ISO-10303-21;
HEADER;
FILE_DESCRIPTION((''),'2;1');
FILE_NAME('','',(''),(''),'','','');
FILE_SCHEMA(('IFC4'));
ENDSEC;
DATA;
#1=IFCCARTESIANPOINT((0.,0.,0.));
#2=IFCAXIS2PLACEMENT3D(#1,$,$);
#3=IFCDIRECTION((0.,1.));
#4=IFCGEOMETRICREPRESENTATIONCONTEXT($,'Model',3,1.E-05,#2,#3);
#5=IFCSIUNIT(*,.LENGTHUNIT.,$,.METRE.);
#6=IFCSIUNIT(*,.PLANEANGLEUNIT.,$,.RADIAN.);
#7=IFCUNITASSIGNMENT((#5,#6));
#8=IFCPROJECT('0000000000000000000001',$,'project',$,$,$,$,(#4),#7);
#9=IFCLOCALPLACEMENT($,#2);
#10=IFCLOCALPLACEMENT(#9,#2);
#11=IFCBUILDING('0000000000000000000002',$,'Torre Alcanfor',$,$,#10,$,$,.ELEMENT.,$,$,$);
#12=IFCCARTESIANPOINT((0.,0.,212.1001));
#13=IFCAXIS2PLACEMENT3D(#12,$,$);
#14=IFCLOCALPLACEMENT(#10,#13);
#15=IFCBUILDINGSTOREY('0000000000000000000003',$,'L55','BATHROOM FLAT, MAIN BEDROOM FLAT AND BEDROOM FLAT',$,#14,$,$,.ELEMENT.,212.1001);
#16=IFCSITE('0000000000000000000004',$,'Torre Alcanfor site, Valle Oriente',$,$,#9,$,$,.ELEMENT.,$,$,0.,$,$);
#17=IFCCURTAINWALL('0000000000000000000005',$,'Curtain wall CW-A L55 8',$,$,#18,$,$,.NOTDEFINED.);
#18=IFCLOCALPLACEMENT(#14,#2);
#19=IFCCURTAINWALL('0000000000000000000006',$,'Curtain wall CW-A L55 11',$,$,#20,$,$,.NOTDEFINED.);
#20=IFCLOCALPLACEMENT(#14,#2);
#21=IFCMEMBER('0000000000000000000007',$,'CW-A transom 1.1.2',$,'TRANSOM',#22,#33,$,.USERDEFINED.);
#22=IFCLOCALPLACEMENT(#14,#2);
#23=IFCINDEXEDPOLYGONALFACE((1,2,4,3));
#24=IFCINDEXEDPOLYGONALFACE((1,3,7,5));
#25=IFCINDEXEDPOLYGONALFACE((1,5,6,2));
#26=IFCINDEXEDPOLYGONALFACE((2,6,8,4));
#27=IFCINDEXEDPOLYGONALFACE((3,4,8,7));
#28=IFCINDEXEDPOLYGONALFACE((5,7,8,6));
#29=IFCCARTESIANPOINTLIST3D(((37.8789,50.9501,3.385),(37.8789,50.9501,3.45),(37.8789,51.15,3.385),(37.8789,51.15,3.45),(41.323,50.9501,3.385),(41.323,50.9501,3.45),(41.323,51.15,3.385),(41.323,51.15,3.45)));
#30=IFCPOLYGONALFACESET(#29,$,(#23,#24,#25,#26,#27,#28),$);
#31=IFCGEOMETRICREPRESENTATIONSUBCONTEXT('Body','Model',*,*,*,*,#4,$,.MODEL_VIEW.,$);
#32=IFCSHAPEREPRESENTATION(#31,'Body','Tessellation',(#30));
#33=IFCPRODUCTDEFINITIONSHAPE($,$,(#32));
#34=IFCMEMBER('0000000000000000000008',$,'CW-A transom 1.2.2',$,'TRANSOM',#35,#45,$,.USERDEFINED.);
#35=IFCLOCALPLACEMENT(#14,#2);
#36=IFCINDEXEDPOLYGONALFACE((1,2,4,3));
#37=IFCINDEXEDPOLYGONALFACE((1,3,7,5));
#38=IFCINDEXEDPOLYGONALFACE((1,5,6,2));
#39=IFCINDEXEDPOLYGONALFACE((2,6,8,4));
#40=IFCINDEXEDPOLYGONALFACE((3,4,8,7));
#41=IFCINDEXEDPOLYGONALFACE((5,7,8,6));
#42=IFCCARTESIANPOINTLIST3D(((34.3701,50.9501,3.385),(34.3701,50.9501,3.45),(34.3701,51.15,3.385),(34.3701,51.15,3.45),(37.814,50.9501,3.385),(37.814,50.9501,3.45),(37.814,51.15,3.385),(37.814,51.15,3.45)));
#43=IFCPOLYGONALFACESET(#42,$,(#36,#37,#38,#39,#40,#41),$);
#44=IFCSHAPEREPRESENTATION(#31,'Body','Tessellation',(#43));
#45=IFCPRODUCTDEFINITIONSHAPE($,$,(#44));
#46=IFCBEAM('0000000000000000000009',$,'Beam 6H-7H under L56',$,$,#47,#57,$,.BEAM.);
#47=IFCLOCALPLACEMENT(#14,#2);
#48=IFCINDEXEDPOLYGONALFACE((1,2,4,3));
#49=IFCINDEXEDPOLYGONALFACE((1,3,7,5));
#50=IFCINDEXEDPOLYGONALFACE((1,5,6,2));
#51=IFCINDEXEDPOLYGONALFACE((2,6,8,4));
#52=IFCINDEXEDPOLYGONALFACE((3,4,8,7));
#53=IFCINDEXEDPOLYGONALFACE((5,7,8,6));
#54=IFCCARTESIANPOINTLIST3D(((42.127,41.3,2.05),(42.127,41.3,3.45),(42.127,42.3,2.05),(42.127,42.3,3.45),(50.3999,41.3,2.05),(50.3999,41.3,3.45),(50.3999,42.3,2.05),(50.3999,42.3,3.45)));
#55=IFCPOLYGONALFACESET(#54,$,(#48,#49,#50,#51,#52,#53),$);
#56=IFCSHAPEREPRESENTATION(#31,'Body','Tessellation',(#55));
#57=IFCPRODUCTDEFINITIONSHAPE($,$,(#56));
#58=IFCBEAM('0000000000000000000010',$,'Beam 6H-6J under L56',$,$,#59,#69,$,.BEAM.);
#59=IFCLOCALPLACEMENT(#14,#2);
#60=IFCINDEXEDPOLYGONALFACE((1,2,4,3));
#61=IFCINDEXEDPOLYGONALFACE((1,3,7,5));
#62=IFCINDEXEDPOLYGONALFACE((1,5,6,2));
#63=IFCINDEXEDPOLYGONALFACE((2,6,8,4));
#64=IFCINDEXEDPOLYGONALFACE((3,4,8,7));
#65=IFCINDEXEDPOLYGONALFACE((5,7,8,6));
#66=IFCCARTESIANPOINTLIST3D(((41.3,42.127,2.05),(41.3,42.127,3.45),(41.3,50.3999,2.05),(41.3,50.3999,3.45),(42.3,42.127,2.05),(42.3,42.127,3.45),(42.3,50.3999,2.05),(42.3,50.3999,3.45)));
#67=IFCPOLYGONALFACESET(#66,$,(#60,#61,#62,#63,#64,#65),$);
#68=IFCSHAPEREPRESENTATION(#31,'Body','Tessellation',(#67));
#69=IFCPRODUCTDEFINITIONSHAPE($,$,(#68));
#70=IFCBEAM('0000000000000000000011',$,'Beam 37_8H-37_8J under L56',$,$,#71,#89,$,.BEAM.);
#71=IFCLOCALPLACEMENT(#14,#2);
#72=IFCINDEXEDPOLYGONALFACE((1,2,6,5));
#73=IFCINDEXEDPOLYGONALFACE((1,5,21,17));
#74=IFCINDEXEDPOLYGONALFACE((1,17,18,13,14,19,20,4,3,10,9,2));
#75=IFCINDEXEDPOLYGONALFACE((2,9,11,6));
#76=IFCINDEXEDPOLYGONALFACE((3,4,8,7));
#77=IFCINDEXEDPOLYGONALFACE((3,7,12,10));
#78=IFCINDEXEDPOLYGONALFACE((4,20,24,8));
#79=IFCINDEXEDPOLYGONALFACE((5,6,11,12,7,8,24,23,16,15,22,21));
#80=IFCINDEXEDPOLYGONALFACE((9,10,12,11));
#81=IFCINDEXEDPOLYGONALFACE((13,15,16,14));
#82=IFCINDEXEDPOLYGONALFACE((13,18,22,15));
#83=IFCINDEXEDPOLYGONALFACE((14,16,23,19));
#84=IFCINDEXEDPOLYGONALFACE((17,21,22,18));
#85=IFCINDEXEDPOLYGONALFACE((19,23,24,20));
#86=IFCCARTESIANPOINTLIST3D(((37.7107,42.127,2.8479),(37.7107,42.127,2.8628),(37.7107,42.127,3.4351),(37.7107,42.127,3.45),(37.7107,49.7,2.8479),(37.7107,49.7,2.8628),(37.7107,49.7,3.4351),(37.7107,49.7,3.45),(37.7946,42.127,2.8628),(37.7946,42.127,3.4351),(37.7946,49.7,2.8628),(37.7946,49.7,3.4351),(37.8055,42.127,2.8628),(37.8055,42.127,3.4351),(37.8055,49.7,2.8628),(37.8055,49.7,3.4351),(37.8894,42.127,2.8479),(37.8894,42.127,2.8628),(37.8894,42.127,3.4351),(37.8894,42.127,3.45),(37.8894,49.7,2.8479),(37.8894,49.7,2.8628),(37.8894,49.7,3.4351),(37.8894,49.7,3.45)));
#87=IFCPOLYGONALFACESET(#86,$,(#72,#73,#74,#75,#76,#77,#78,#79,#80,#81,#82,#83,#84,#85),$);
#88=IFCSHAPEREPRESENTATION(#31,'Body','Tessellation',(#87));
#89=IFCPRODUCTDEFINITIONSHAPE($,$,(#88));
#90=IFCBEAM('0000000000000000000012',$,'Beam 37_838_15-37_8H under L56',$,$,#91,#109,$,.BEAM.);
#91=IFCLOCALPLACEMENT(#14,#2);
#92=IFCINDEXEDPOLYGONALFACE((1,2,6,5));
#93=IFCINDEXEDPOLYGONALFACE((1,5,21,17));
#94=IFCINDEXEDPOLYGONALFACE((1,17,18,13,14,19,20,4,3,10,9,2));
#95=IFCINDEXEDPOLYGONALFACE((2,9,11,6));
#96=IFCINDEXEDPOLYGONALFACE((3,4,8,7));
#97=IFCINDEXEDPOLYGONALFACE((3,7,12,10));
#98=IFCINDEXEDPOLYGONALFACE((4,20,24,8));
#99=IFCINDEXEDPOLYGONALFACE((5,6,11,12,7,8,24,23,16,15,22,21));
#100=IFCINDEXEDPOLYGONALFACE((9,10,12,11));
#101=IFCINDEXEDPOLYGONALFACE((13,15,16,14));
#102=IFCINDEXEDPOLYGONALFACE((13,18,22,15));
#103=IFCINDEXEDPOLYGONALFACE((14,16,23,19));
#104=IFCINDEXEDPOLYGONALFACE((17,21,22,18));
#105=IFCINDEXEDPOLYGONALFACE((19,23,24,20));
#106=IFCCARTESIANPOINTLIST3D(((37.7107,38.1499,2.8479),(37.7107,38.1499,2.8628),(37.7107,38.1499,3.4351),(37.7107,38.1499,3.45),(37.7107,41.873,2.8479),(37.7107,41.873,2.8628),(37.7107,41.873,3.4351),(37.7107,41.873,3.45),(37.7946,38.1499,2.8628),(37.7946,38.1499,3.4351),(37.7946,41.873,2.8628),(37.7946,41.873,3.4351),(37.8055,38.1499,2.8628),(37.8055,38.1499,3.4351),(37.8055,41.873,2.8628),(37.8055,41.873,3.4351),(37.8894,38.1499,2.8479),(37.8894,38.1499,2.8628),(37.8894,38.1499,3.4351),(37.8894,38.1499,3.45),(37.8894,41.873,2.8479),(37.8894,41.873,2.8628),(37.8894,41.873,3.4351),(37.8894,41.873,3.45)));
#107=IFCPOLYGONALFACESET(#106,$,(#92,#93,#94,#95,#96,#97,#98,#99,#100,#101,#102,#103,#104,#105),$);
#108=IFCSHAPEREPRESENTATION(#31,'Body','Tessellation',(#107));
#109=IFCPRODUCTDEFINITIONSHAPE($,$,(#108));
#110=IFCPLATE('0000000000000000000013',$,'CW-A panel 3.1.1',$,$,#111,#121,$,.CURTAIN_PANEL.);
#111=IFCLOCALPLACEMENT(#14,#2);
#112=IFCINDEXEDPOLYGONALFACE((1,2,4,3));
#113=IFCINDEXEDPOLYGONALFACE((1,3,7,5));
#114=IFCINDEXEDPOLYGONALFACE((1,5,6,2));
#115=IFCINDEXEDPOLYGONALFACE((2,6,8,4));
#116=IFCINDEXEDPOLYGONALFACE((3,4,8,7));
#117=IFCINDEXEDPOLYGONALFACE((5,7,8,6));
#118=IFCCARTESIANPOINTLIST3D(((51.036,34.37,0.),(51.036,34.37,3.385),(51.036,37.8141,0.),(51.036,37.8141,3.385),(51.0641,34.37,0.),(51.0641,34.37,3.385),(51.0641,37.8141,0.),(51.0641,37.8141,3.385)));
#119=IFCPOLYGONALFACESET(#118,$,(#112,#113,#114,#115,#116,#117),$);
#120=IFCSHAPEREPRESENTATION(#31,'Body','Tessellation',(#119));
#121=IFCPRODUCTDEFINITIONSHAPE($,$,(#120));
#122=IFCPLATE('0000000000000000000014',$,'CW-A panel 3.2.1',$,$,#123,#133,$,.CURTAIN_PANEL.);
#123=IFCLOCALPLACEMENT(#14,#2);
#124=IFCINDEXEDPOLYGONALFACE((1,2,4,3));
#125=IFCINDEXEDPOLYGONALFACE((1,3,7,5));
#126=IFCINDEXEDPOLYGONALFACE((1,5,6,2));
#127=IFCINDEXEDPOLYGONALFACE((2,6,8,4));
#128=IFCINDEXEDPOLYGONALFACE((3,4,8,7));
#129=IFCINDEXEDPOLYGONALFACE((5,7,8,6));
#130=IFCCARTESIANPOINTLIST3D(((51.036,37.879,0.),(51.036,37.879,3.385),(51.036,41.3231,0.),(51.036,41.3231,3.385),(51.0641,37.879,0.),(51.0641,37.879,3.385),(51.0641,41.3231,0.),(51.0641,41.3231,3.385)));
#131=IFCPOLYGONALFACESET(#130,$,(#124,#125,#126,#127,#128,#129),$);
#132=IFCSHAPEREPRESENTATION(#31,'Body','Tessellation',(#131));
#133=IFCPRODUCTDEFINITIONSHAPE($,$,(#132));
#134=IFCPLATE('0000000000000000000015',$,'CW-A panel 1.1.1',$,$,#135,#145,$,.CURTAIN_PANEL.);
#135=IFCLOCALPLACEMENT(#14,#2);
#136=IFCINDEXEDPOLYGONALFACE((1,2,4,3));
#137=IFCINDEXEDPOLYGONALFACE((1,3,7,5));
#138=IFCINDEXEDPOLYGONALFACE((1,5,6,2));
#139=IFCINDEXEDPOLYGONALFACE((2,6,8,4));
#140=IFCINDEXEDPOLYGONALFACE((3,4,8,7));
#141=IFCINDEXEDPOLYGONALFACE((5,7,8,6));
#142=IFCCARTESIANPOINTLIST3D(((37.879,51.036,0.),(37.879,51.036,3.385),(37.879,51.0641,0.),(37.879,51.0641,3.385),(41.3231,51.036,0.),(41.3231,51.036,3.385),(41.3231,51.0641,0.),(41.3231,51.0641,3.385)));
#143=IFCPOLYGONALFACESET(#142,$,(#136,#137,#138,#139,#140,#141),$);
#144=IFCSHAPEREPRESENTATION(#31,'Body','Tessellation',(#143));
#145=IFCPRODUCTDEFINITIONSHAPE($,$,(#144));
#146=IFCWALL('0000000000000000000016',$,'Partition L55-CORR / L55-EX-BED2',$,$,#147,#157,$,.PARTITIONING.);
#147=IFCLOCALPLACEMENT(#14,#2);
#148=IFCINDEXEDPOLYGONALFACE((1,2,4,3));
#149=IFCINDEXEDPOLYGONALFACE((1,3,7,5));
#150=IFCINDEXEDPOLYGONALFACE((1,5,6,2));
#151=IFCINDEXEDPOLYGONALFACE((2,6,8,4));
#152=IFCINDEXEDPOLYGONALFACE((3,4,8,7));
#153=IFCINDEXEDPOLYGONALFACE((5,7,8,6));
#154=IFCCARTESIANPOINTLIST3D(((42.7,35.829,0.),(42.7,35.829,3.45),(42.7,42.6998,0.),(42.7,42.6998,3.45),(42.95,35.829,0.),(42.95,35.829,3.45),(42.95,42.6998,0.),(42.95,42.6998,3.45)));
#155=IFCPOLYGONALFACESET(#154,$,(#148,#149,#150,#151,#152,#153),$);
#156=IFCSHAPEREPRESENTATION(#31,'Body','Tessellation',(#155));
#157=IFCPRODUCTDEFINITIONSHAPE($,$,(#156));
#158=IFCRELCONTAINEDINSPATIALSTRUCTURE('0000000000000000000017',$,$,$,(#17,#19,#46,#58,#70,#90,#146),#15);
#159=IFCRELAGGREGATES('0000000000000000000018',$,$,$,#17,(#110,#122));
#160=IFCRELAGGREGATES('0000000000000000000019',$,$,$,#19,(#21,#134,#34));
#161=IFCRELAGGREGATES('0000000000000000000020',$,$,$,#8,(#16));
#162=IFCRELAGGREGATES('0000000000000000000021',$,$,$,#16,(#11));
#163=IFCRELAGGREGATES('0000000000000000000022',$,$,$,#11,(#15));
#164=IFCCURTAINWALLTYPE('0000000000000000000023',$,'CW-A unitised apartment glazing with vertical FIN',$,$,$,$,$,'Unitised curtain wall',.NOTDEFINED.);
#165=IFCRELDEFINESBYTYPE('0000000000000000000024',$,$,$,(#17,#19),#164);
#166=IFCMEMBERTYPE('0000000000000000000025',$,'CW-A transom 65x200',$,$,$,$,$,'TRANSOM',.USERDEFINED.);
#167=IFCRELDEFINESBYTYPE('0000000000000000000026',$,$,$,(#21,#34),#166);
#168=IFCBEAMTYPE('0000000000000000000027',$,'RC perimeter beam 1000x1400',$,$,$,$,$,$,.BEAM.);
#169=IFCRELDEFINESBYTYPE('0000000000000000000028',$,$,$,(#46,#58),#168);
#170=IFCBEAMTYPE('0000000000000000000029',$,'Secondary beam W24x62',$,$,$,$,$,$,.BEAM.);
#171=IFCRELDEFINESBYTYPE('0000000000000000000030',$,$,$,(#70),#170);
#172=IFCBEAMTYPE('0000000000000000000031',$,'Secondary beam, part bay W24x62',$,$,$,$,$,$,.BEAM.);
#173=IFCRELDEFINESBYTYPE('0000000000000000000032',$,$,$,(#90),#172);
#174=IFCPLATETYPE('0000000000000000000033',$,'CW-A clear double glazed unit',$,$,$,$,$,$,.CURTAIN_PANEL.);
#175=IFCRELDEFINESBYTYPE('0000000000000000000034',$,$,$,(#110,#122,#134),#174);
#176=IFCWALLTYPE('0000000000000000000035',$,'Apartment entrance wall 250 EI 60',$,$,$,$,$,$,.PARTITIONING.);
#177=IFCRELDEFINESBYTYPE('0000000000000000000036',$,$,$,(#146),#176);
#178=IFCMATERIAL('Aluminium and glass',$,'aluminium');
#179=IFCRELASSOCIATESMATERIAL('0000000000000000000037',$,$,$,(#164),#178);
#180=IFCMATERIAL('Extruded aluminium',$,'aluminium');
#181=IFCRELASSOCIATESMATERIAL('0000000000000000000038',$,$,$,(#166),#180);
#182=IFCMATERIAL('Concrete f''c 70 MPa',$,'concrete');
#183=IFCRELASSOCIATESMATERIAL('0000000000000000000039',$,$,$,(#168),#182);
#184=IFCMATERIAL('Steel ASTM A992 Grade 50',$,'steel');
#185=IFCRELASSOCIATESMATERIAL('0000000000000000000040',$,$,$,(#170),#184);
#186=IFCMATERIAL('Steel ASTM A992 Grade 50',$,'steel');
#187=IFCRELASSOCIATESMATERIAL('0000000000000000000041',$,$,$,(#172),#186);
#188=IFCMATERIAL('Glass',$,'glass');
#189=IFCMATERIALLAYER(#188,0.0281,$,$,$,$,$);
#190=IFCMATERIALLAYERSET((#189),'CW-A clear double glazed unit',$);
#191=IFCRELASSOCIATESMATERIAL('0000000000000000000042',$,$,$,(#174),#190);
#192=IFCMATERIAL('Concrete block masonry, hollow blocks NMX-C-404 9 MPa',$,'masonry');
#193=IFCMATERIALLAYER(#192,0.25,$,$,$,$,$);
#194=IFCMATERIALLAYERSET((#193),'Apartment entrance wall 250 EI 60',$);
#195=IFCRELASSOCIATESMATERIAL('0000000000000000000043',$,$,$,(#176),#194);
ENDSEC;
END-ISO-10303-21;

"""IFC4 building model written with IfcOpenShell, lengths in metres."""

from ifc_helpers import new_model, si_unit, direction, frame, frame_2d, origin, origin_2d, place, context, subcontext, project, spatial, rectangle, i_section, extrude, material, layer, layer_set, material_profile, profile_set, type_object, element, aggregate, save


model = new_model("IFC4")

# Units and contexts
model_context = context("Model", 3, precision=1e-05, world=origin(), true_north=direction((0.0, 1.0)))
body_context = subcontext(model_context, "Body", "Model", "MODEL_VIEW")
ifc_project = project(units=[si_unit("LENGTHUNIT", "METRE"), si_unit("PLANEANGLEUNIT", "RADIAN")], contexts=[model_context])

# Site, building, storey
site_placement = place(None, origin())
site = spatial("IfcSite", under=ifc_project, at=site_placement, Name="Torre Alcanfor site, Valle Oriente", CompositionType="ELEMENT", RefElevation=0.0)
building_placement = place(site_placement, origin())
building = spatial("IfcBuilding", under=site, at=building_placement, Name="Torre Alcanfor", CompositionType="ELEMENT")
storey_placement = place(building_placement, frame((0.0, 0.0, 212.1001)))
storey = spatial("IfcBuildingStorey", under=building, at=storey_placement, Name="L55", Description="BATHROOM FLAT, MAIN BEDROOM FLAT AND BEDROOM FLAT", CompositionType="ELEMENT", Elevation=212.1001)

# Curtain walls
ifc_material_1 = material(Name="Aluminium and glass", Category="aluminium")
curtain_wall_type = type_object("IfcCurtainWallType", Name="CW-A unitised apartment glazing with vertical FIN", ElementType="Unitised curtain wall", PredefinedType="NOTDEFINED", material=ifc_material_1)
curtain_wall_1_placement = place(storey_placement, origin())
curtain_wall_1 = element("IfcCurtainWall", 1, at=curtain_wall_1_placement, inside=storey, type_object=curtain_wall_type, Name="Curtain wall CW-A L55 8", PredefinedType="NOTDEFINED")
curtain_wall_2_placement = place(storey_placement, origin())
curtain_wall_2 = element("IfcCurtainWall", 2, at=curtain_wall_2_placement, inside=storey, type_object=curtain_wall_type, Name="Curtain wall CW-A L55 11", PredefinedType="NOTDEFINED")

# Members
ifc_material_2 = material(Name="Extruded aluminium", Category="aluminium")
ifc_material_profile_1 = material_profile(ifc_material_2, rectangle(XDim=0.2, YDim=0.0649, at=origin_2d()), Name="CW-A transom 200x65")
ifc_profile_set_1 = profile_set([ifc_material_profile_1], Name="Extruded aluminium")
member_type_1 = type_object("IfcMemberType", Name="CW-A transom 65x200", ElementType="TRANSOM", PredefinedType="USERDEFINED", material=ifc_profile_set_1)
member_1_placement = place(storey_placement, frame((41.323, 51.05, 3.4175), z_axis=(-1.0, 0.0, 0.0), x_axis=(0.0, -1.0, 0.0)))
member_1 = element("IfcMember", 3, at=member_1_placement, type_object=member_type_1, Name="CW-A transom 1.1.2", ObjectType="TRANSOM", PredefinedType="USERDEFINED", context=body_context, shape_type="SweptSolid", body=[
    extrude(rectangle(XDim=0.2, YDim=0.0649, at=origin_2d()), origin(), (0.0, 0.0, 1.0), 3.4441),
])
member_2_placement = place(storey_placement, frame((37.814, 51.05, 3.4175), z_axis=(-1.0, 0.0, 0.0), x_axis=(0.0, -1.0, 0.0)))
member_2 = element("IfcMember", 4, at=member_2_placement, type_object=member_type_1, Name="CW-A transom 1.2.2", ObjectType="TRANSOM", PredefinedType="USERDEFINED", context=body_context, shape_type="SweptSolid", body=[
    extrude(rectangle(XDim=0.2, YDim=0.0649, at=origin_2d()), origin(), (0.0, 0.0, 1.0), 3.4438),
])

# Beams
ifc_material_3 = material(Name="Concrete f'c 70 MPa", Category="concrete")
ifc_material_profile_2 = material_profile(ifc_material_3, rectangle(XDim=1.0, YDim=1.3999, at=origin_2d()), Name="1000x1400")
ifc_profile_set_2 = profile_set([ifc_material_profile_2], Name="Concrete f'c 70 MPa")
beam_type_1 = type_object("IfcBeamType", Name="RC perimeter beam 1000x1400", PredefinedType="BEAM", material=ifc_profile_set_2)
for number, where, z_axis, x_axis, name in (
    (5, (42.127, 41.8, 2.75), (1.0, 0.0, 0.0), (0.0, 1.0, 0.0), "Beam 6H-7H under L56"),
    (6, (41.8, 42.127, 2.75), (0.0, 1.0, 0.0), (-1.0, 0.0, 0.0), "Beam 6H-6J under L56"),
):
    element("IfcBeam", number, at=place(storey_placement, frame(where, z_axis=z_axis, x_axis=x_axis)), inside=storey, type_object=beam_type_1, Name=name, PredefinedType="BEAM", context=body_context, shape_type="SweptSolid", body=[
        extrude(rectangle(XDim=1.0, YDim=1.3999, at=origin_2d()), origin(), (0.0, 0.0, 1.0), 8.2729),
    ])
ifc_material_4 = material(Name="Steel ASTM A992 Grade 50", Category="steel")
ifc_material_profile_3 = material_profile(ifc_material_4, i_section(OverallWidth=0.1787, OverallDepth=0.6021, WebThickness=0.011, FlangeThickness=0.0149, at=origin_2d()), Name="W24x62")
ifc_profile_set_3 = profile_set([ifc_material_profile_3], Name="Steel ASTM A992 Grade 50")
beam_type_2 = type_object("IfcBeamType", Name="Secondary beam W24x62", PredefinedType="BEAM", material=ifc_profile_set_3)
beam_1_placement = place(storey_placement, frame((37.8, 42.127, 3.1489), z_axis=(0.0, 1.0, 0.0), x_axis=(-1.0, 0.0, 0.0)))
element("IfcBeam", 7, at=beam_1_placement, inside=storey, type_object=beam_type_2, Name="Beam 37_8H-37_8J under L56", PredefinedType="BEAM", context=body_context, shape_type="SweptSolid", body=[
    extrude(i_section(OverallWidth=0.1787, OverallDepth=0.6021, WebThickness=0.011, FlangeThickness=0.0149, at=origin_2d()), origin(), (0.0, 0.0, 1.0), 7.573),
])
ifc_material_5 = material(Name="Steel ASTM A992 Grade 50", Category="steel")
ifc_material_profile_4 = material_profile(ifc_material_5, i_section(OverallWidth=0.1787, OverallDepth=0.6021, WebThickness=0.011, FlangeThickness=0.0149, at=origin_2d()), Name="W24x62")
ifc_profile_set_4 = profile_set([ifc_material_profile_4], Name="Steel ASTM A992 Grade 50")
beam_type_3 = type_object("IfcBeamType", Name="Secondary beam, part bay W24x62", PredefinedType="BEAM", material=ifc_profile_set_4)
beam_2_placement = place(storey_placement, frame((37.8, 38.1499, 3.1489), z_axis=(0.0, 1.0, 0.0), x_axis=(-1.0, 0.0, 0.0)))
element("IfcBeam", 8, at=beam_2_placement, inside=storey, type_object=beam_type_3, Name="Beam 37_838_15-37_8H under L56", PredefinedType="BEAM", context=body_context, shape_type="SweptSolid", body=[
    extrude(i_section(OverallWidth=0.1787, OverallDepth=0.6021, WebThickness=0.011, FlangeThickness=0.0149, at=origin_2d()), origin(), (0.0, 0.0, 1.0), 3.7231),
])

# Plates
ifc_material_6 = material(Name="Glass", Category="glass")
ifc_layer_1 = layer(ifc_material_6, 0.0281)
ifc_layer_set_1 = layer_set([ifc_layer_1], Name="CW-A clear double glazed unit")
plate_type = type_object("IfcPlateType", Name="CW-A clear double glazed unit", PredefinedType="CURTAIN_PANEL", material=ifc_layer_set_1)
plate_1_placement = place(storey_placement, frame((51.05, 36.092, 0.0), z_axis=(0.0, 0.0, 1.0), x_axis=(0.0, 1.0, 0.0)))
plate_1 = element("IfcPlate", 9, at=plate_1_placement, type_object=plate_type, Name="CW-A panel 3.1.1", PredefinedType="CURTAIN_PANEL", context=body_context, shape_type="SweptSolid", body=[
    extrude(rectangle(XDim=3.4441, YDim=0.0281, at=origin_2d()), origin(), (0.0, 0.0, 1.0), 3.385),
])
plate_2_placement = place(storey_placement, frame((51.05, 39.6011, 0.0), z_axis=(0.0, 0.0, 1.0), x_axis=(0.0, 1.0, 0.0)))
plate_2 = element("IfcPlate", 10, at=plate_2_placement, type_object=plate_type, Name="CW-A panel 3.2.1", PredefinedType="CURTAIN_PANEL", context=body_context, shape_type="SweptSolid", body=[
    extrude(rectangle(XDim=3.4441, YDim=0.0281, at=origin_2d()), origin(), (0.0, 0.0, 1.0), 3.385),
])
aggregate(curtain_wall_1, [plate_1, plate_2])
plate_3_placement = place(storey_placement, frame((39.6011, 51.05, 0.0), z_axis=(0.0, 0.0, 1.0), x_axis=(-1.0, 0.0, 0.0)))
plate_3 = element("IfcPlate", 11, at=plate_3_placement, type_object=plate_type, Name="CW-A panel 1.1.1", PredefinedType="CURTAIN_PANEL", context=body_context, shape_type="SweptSolid", body=[
    extrude(rectangle(XDim=3.4441, YDim=0.0281, at=origin_2d()), origin(), (0.0, 0.0, 1.0), 3.385),
])
aggregate(curtain_wall_2, [member_1, plate_3, member_2])

# Wall
ifc_material_7 = material(Name="Concrete block masonry, hollow blocks NMX-C-404 9 MPa", Category="masonry")
ifc_layer_2 = layer(ifc_material_7, 0.25)
ifc_layer_set_2 = layer_set([ifc_layer_2], Name="Apartment entrance wall 250 EI 60")
wall_type_1 = type_object("IfcWallType", Name="Apartment entrance wall 250 EI 60", PredefinedType="PARTITIONING", material=ifc_layer_set_2)
wall_1_placement = place(storey_placement, frame((42.825, 42.7, 0.0), z_axis=(0.0, 0.0, 1.0), x_axis=(0.0, -1.0, 0.0)))
element("IfcWall", 12, at=wall_1_placement, inside=storey, type_object=wall_type_1, Name="Partition L55-CORR / L55-EX-BED2", PredefinedType="PARTITIONING", context=body_context, shape_type="SweptSolid", body=[
    extrude(rectangle(XDim=6.8708, YDim=0.25, at=frame_2d((3.4355, 0.0))), origin(), (0.0, 0.0, 1.0), 3.45),
])

save(model, "model.ifc")
